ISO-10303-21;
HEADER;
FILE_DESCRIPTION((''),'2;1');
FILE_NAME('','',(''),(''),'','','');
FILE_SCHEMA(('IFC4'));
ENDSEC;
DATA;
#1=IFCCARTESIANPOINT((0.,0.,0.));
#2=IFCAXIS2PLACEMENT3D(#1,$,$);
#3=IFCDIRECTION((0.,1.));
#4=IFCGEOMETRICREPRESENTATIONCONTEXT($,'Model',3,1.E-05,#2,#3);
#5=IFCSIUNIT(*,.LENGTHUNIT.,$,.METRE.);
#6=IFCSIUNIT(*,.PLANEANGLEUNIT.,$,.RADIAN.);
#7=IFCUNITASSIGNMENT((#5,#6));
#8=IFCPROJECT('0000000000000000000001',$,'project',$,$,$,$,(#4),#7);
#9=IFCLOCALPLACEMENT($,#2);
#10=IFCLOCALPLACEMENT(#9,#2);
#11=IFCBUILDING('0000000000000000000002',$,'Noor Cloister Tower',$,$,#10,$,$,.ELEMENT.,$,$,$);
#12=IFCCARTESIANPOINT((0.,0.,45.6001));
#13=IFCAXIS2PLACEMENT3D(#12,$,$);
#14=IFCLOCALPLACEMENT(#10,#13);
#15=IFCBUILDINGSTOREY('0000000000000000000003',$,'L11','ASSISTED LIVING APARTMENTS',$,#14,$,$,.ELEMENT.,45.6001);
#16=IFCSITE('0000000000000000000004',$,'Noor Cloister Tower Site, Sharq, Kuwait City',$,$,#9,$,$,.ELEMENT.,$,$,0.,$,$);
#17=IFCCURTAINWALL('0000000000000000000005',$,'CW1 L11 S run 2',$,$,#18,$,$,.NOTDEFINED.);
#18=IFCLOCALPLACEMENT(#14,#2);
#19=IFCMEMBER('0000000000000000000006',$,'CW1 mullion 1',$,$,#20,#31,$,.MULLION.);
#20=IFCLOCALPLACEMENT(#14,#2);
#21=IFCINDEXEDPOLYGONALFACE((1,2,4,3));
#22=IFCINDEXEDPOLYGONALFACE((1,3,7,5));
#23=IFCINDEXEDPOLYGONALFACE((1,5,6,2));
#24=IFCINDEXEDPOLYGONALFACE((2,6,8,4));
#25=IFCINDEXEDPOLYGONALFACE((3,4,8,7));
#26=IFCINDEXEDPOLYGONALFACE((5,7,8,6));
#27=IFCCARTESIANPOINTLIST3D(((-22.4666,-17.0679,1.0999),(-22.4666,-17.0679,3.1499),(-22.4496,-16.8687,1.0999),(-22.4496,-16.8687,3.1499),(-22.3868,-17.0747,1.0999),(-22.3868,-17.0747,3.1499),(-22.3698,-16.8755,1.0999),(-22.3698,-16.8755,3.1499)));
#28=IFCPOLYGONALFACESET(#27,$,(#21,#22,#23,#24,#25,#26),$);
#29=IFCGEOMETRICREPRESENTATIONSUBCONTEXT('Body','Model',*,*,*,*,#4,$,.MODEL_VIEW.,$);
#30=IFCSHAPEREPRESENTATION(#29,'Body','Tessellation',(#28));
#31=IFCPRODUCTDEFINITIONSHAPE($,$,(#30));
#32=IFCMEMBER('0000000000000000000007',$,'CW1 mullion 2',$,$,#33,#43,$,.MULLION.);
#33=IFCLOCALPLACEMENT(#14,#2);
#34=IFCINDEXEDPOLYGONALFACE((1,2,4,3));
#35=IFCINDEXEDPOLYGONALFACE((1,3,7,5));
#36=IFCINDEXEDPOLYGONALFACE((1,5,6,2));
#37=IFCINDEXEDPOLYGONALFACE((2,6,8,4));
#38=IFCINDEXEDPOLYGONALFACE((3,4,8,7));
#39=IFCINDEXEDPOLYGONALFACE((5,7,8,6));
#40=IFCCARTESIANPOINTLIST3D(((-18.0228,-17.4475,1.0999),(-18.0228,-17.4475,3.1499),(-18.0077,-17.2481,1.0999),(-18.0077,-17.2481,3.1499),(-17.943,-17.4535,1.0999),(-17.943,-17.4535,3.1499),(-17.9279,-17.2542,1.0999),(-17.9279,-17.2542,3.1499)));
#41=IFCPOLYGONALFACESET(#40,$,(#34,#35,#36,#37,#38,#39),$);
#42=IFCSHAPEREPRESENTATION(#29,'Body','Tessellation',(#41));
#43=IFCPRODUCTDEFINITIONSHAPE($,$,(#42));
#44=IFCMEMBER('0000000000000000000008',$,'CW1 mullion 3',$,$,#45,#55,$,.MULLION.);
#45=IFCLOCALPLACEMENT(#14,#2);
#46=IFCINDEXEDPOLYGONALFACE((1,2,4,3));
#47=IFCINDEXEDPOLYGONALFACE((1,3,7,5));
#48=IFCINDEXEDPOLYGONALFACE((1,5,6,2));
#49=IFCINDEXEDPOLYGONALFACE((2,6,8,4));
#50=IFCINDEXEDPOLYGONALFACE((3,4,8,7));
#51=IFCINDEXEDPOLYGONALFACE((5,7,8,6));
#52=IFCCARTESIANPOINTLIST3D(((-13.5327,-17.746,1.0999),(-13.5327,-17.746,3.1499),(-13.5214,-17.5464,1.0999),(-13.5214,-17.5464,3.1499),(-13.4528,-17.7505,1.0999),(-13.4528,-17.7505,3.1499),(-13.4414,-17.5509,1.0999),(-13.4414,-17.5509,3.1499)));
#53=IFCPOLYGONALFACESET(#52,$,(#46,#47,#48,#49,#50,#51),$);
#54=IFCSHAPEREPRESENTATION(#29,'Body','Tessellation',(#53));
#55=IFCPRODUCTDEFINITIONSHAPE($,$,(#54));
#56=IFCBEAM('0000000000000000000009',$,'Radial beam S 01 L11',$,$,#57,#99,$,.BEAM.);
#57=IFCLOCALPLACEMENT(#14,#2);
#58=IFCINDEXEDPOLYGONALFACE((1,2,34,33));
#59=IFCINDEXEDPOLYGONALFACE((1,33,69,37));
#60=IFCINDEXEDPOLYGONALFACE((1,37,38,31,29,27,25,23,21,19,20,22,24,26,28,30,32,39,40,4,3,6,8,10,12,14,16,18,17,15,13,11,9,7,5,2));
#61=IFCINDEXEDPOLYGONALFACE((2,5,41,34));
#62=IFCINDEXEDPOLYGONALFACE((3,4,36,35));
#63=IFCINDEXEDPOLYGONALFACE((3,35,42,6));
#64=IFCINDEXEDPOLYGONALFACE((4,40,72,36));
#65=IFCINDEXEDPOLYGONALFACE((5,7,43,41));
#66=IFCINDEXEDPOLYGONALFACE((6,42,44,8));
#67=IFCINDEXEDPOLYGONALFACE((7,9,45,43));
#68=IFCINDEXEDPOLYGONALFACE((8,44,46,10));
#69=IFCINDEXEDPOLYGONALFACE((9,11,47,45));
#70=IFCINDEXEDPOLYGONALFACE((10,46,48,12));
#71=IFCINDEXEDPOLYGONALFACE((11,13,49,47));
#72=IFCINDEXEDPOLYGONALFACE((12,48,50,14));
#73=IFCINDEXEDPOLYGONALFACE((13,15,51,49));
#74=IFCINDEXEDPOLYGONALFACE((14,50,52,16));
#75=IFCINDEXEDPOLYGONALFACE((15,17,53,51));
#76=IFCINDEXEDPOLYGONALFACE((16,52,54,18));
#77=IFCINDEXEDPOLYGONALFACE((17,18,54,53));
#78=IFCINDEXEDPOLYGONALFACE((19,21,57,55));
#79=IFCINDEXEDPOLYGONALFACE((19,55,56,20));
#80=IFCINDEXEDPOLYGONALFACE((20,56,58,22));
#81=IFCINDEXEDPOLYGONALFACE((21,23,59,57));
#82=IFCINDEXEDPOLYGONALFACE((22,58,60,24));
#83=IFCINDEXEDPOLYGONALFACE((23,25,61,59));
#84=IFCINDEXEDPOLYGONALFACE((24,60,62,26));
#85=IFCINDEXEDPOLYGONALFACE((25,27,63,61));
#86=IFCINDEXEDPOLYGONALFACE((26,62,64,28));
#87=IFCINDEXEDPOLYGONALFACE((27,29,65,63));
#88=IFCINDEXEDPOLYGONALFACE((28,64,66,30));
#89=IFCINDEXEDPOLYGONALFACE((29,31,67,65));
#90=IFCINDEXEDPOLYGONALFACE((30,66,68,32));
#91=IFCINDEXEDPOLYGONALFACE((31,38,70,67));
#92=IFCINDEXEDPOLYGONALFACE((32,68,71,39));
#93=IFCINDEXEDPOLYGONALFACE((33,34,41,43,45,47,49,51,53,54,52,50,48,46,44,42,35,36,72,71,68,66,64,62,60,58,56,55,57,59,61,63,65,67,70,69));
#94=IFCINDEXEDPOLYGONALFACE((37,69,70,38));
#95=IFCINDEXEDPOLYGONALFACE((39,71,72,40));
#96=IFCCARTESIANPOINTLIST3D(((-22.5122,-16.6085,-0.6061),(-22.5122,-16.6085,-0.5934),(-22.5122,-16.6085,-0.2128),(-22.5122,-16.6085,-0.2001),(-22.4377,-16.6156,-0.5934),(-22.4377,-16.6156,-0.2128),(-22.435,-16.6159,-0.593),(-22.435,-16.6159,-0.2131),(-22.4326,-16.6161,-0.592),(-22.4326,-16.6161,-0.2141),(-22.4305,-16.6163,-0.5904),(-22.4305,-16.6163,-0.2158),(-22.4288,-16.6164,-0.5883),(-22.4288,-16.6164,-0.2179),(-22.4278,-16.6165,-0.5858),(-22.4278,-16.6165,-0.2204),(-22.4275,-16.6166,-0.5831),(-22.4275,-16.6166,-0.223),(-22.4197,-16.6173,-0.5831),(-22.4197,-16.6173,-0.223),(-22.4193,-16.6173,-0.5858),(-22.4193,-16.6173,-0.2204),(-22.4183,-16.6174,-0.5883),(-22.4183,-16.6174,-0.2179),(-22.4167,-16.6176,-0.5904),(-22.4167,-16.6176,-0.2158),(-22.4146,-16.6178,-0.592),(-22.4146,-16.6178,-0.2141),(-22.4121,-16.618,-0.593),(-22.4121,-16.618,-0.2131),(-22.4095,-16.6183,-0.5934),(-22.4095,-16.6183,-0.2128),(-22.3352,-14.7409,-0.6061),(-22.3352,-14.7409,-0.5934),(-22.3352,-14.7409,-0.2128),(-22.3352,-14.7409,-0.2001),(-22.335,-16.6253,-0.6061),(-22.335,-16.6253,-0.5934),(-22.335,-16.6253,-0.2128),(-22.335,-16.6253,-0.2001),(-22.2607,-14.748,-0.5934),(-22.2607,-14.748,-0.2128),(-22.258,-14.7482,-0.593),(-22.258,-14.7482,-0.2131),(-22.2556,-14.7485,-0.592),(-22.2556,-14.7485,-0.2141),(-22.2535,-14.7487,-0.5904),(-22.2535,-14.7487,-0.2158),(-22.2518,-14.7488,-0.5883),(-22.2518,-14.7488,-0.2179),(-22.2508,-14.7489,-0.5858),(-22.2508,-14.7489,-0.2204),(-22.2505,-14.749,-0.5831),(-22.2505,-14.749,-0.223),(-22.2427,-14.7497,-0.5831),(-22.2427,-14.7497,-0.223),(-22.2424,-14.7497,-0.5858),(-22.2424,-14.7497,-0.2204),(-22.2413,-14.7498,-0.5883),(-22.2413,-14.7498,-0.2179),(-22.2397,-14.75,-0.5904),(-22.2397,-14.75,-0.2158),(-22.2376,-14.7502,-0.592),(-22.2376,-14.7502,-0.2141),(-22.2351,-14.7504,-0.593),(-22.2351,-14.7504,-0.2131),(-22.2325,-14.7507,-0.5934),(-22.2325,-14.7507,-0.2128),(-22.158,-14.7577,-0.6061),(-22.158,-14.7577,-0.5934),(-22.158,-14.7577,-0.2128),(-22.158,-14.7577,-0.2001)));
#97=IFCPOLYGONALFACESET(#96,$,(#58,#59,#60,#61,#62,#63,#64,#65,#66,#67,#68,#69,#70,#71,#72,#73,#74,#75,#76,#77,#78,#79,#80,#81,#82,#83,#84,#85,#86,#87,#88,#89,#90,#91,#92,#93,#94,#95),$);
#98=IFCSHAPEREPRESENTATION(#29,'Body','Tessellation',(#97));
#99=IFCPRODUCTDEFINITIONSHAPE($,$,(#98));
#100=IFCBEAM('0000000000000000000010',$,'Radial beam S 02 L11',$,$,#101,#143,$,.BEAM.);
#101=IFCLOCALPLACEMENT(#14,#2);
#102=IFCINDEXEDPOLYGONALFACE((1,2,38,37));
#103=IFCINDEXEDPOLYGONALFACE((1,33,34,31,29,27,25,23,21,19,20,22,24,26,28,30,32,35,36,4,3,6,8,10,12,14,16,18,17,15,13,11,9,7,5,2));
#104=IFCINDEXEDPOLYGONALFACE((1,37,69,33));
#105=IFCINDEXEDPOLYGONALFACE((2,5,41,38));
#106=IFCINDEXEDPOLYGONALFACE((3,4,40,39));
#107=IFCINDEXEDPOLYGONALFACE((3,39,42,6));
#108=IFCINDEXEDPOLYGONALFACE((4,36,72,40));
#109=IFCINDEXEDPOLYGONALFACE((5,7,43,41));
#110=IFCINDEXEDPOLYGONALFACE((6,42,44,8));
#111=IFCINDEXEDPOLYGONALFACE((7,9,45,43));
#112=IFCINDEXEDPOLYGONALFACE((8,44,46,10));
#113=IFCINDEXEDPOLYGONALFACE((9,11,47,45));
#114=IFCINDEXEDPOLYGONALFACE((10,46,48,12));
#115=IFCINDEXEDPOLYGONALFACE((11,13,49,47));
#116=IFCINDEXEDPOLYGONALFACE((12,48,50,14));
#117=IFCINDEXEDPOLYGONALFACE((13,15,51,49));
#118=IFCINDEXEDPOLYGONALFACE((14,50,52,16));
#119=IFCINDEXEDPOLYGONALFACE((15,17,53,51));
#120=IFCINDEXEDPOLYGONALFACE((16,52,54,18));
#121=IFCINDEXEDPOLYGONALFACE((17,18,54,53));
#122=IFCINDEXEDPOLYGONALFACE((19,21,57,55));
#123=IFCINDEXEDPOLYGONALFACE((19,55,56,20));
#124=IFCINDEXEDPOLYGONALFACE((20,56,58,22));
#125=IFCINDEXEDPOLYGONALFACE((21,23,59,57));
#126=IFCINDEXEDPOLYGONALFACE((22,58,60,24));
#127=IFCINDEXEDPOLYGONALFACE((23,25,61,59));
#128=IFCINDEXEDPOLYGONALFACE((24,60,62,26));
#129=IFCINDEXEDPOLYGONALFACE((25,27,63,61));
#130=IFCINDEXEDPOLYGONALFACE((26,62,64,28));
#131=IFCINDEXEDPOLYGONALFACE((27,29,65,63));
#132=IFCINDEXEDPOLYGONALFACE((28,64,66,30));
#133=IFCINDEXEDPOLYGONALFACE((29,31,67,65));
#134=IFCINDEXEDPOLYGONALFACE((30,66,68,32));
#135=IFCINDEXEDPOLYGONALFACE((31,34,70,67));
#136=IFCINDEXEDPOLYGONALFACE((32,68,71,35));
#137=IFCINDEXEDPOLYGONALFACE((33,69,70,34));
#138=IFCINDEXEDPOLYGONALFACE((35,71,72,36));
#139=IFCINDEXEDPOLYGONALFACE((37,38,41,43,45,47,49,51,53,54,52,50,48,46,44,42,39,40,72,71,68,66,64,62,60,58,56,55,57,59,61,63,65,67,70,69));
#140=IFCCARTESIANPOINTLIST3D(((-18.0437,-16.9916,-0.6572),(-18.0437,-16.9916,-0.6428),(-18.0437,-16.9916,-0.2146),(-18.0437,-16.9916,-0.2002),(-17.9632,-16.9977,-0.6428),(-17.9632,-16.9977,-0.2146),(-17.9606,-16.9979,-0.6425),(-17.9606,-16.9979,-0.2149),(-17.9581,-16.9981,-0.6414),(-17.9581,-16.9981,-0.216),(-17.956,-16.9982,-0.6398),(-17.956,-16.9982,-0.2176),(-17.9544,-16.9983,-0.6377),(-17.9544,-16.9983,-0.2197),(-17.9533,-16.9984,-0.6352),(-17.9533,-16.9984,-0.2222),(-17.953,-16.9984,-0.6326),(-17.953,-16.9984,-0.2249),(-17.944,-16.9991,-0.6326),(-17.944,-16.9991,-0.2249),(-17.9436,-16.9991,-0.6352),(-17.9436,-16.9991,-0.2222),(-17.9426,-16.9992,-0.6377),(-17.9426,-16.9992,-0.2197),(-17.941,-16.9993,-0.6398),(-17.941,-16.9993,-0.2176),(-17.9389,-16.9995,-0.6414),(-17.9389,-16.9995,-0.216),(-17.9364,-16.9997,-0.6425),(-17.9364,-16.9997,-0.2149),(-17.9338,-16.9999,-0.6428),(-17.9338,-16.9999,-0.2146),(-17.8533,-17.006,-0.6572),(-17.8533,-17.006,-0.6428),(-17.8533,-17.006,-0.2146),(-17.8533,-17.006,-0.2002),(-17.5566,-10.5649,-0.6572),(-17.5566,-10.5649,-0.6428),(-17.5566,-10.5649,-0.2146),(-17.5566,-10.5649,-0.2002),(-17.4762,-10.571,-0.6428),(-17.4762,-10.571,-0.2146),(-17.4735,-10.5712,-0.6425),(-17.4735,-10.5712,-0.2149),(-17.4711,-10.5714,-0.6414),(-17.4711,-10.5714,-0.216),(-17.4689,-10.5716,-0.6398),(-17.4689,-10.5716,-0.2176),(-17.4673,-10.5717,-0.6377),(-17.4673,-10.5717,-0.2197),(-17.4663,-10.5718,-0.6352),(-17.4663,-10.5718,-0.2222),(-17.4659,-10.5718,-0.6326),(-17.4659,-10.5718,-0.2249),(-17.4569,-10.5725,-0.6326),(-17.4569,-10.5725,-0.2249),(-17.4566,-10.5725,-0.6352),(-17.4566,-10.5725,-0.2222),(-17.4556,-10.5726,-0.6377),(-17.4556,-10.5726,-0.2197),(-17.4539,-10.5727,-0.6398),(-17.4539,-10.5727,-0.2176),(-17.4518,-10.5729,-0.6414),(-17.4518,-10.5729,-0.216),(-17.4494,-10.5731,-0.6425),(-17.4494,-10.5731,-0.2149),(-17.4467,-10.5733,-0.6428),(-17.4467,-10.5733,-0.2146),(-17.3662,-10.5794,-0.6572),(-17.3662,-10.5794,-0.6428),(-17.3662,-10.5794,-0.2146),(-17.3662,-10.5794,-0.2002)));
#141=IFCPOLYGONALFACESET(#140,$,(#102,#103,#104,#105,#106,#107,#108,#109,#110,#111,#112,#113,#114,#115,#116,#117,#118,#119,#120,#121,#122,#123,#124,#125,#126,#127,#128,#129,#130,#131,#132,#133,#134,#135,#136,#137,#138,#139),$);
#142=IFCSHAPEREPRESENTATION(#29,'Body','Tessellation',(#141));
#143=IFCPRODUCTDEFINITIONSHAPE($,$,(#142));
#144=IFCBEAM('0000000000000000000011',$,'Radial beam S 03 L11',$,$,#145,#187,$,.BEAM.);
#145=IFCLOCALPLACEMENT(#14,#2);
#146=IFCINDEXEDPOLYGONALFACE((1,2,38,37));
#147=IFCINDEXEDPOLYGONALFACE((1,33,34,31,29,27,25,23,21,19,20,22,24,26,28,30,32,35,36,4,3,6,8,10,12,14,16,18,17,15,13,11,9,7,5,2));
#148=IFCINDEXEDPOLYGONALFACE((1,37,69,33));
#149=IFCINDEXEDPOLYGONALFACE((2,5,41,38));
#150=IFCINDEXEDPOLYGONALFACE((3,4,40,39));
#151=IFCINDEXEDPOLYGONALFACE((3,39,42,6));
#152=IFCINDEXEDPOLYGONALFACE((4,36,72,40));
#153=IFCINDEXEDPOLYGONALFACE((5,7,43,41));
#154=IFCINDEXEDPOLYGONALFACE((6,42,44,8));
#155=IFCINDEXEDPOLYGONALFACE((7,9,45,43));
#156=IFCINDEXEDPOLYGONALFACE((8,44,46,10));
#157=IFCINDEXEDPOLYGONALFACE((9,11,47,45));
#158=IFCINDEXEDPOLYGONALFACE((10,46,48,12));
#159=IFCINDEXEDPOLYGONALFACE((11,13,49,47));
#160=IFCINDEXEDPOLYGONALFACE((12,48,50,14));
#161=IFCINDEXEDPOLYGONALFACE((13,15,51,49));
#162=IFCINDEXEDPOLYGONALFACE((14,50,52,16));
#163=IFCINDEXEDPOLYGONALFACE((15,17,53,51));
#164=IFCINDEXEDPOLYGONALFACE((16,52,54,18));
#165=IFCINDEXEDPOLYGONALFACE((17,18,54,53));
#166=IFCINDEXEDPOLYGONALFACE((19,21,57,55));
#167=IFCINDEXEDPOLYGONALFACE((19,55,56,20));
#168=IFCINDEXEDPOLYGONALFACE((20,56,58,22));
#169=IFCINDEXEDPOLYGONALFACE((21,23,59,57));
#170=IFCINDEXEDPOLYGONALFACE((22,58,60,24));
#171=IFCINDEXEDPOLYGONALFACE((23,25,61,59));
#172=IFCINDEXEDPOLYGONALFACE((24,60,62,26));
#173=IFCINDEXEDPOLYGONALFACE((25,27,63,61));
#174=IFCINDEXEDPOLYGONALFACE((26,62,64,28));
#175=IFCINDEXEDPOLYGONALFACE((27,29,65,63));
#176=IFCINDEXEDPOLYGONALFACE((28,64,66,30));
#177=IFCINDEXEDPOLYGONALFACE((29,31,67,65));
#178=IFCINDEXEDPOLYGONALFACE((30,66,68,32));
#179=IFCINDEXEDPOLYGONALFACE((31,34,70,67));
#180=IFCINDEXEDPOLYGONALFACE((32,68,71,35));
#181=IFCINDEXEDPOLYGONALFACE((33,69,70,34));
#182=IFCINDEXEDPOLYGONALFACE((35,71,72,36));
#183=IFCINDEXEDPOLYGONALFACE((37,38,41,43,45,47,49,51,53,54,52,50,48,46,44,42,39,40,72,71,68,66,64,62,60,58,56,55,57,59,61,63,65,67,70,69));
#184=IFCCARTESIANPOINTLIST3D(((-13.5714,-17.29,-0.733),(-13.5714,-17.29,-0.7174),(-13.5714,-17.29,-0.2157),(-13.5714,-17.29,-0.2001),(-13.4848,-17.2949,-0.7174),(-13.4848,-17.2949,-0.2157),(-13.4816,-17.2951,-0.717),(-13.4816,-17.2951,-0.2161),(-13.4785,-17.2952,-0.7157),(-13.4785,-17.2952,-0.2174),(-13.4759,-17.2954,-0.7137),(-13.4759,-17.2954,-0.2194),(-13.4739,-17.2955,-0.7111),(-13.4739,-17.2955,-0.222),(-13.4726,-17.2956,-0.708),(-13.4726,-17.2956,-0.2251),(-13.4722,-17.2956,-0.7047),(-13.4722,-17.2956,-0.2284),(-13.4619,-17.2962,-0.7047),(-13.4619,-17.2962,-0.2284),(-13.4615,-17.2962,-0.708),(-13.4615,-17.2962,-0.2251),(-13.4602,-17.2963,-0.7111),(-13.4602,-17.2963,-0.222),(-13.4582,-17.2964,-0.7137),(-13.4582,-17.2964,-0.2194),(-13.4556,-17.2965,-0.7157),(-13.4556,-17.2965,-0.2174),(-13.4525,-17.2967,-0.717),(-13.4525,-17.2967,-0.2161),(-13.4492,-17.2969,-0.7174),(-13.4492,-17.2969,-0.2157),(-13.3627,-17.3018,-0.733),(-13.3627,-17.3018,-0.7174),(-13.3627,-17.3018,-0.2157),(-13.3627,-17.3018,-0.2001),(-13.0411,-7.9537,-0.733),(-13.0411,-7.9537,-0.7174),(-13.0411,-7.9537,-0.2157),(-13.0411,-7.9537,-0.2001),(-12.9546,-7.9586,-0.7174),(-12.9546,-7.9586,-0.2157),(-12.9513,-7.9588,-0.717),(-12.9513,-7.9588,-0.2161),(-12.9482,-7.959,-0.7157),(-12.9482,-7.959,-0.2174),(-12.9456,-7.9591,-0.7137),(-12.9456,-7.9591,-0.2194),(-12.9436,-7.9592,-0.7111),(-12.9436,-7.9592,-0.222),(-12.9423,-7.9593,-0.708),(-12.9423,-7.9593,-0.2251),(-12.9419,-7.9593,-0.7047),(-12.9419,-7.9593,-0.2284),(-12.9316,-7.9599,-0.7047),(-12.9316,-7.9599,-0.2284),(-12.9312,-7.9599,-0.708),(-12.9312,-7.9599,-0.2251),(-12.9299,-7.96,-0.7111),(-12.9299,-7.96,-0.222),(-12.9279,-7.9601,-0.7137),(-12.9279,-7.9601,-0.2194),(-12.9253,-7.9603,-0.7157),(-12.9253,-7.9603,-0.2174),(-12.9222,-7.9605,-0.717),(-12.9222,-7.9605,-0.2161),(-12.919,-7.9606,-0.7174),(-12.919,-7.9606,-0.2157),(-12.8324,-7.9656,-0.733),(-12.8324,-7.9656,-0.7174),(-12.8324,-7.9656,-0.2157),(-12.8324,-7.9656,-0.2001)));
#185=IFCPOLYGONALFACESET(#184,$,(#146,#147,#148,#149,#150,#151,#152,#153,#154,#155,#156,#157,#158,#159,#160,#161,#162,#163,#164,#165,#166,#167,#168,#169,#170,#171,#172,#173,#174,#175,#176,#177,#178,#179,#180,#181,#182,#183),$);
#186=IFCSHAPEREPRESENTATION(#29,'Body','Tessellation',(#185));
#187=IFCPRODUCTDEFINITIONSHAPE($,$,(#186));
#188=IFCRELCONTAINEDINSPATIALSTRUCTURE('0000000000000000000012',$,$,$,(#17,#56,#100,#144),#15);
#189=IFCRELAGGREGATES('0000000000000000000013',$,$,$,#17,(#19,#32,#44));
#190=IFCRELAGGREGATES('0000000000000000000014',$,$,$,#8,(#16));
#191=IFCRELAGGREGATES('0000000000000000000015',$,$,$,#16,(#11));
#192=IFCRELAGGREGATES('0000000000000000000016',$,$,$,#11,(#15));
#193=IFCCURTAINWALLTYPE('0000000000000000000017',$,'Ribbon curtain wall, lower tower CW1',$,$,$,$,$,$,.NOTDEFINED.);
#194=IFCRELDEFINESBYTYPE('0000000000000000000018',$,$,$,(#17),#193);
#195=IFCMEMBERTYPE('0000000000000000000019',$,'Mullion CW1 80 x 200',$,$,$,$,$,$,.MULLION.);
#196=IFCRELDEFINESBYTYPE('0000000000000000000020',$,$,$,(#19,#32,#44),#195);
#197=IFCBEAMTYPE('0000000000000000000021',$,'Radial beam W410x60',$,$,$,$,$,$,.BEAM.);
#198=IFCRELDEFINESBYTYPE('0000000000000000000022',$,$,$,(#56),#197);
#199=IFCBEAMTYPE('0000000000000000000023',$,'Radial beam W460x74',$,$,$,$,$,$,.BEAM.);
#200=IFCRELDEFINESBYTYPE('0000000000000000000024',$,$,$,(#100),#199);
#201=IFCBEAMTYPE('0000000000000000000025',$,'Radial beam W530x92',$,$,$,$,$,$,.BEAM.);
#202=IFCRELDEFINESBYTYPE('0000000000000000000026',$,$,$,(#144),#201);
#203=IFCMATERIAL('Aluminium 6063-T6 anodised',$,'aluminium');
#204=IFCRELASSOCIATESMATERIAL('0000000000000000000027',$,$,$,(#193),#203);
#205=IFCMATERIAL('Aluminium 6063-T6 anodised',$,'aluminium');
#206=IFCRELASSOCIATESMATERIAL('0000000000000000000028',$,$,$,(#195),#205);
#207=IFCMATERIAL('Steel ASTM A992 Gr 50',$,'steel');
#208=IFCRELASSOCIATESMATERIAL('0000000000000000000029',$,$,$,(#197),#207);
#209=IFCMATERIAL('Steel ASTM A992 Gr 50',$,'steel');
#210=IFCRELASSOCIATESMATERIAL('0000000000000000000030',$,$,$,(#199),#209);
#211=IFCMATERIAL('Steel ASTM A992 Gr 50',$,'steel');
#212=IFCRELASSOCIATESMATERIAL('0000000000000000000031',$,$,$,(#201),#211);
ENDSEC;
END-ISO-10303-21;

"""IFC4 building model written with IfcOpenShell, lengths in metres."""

from ifc_helpers import new_model, si_unit, direction, frame, origin, origin_2d, place, context, subcontext, project, spatial, rectangle, i_section, extrude, material, material_profile, profile_set, type_object, element, aggregate, save


model = new_model("IFC4")

# Units and contexts
model_context = context("Model", 3, precision=1e-05, world=origin(), true_north=direction((0.0, 1.0)))
body_context = subcontext(model_context, "Body", "Model", "MODEL_VIEW")
ifc_project = project(units=[si_unit("LENGTHUNIT", "METRE"), si_unit("PLANEANGLEUNIT", "RADIAN")], contexts=[model_context])

# Site, building, storey
site_placement = place(None, origin())
site = spatial("IfcSite", under=ifc_project, at=site_placement, Name="Noor Cloister Tower Site, Sharq, Kuwait City", CompositionType="ELEMENT", RefElevation=0.0)
building_placement = place(site_placement, origin())
building = spatial("IfcBuilding", under=site, at=building_placement, Name="Noor Cloister Tower", CompositionType="ELEMENT")
storey_placement = place(building_placement, frame((0.0, 0.0, 45.6001)))
storey = spatial("IfcBuildingStorey", under=building, at=storey_placement, Name="L11", Description="ASSISTED LIVING APARTMENTS", CompositionType="ELEMENT", Elevation=45.6001)

# Curtain wall, members
ifc_material_1 = material(Name="Aluminium 6063-T6 anodised", Category="aluminium")
curtain_wall_type = type_object("IfcCurtainWallType", Name="Ribbon curtain wall, lower tower CW1", PredefinedType="NOTDEFINED", material=ifc_material_1)
curtain_wall_placement = place(storey_placement, origin())
curtain_wall = element("IfcCurtainWall", 1, at=curtain_wall_placement, inside=storey, type_object=curtain_wall_type, Name="CW1 L11 S run 2", PredefinedType="NOTDEFINED")
ifc_material_2 = material(Name="Aluminium 6063-T6 anodised", Category="aluminium")
ifc_material_profile_1 = material_profile(ifc_material_2, rectangle(XDim=0.2, YDim=0.0801, at=origin_2d()), Name="200 x 80 mullion")
ifc_profile_set_1 = profile_set([ifc_material_profile_1], Name="Aluminium 6063-T6 anodised")
member_type = type_object("IfcMemberType", Name="Mullion CW1 80 x 200", PredefinedType="MULLION", material=ifc_profile_set_1)
member_1_placement = place(storey_placement, frame((-22.4182, -16.9717, 1.0999), z_axis=(0.0, 0.0, 1.0), x_axis=(0.085019, 0.996379, 0.0)))
member_1 = element("IfcMember", 2, at=member_1_placement, type_object=member_type, Name="CW1 mullion 1", PredefinedType="MULLION", context=body_context, shape_type="SweptSolid", body=[
    extrude(rectangle(XDim=0.2, YDim=0.0801, at=origin_2d()), origin(), (0.0, 0.0, 1.0), 2.05),
])
member_2_placement = place(storey_placement, frame((-17.9753, -17.3508, 1.0999), z_axis=(0.0, 0.0, 1.0), x_axis=(0.075591, 0.997139, 0.0)))
member_2 = element("IfcMember", 3, at=member_2_placement, type_object=member_type, Name="CW1 mullion 2", PredefinedType="MULLION", context=body_context, shape_type="SweptSolid", body=[
    extrude(rectangle(XDim=0.2, YDim=0.0801, at=origin_2d()), origin(), (0.0, 0.0, 1.0), 2.05),
])
member_3_placement = place(storey_placement, frame((-13.4871, -17.6484, 1.0999), z_axis=(0.0, 0.0, 1.0), x_axis=(0.056717, 0.99839, 0.0)))
member_3 = element("IfcMember", 4, at=member_3_placement, type_object=member_type, Name="CW1 mullion 3", PredefinedType="MULLION", context=body_context, shape_type="SweptSolid", body=[
    extrude(rectangle(XDim=0.2, YDim=0.0801, at=origin_2d()), origin(), (0.0, 0.0, 1.0), 2.05),
])

# Beams
ifc_material_3 = material(Name="Steel ASTM A992 Gr 50", Category="steel")
ifc_material_profile_2 = material_profile(ifc_material_3, i_section(OverallWidth=0.178, OverallDepth=0.406, WebThickness=0.0078, FlangeThickness=0.0127, FilletRadius=0.0103, at=origin_2d()), Name="W410x60")
ifc_profile_set_2 = profile_set([ifc_material_profile_2], Name="Steel ASTM A992 Gr 50")
beam_type_1 = type_object("IfcBeamType", Name="Radial beam W410x60", PredefinedType="BEAM", material=ifc_profile_set_2)
beam_1_placement = place(storey_placement, frame((-22.4236, -16.6169, -0.4031), z_axis=(0.094348, 0.995539, 0.0), x_axis=(-0.995539, 0.094348, 0.0)))
element("IfcBeam", 5, at=beam_1_placement, inside=storey, type_object=beam_type_1, Name="Radial beam S 01 L11", PredefinedType="BEAM", context=body_context, shape_type="SweptSolid", body=[
    extrude(i_section(OverallWidth=0.178, OverallDepth=0.406, WebThickness=0.0078, FlangeThickness=0.0127, FilletRadius=0.0103, at=origin_2d()), origin(), (0.0, 0.0, 1.0), 1.876),
])
ifc_material_4 = material(Name="Steel ASTM A992 Gr 50", Category="steel")
ifc_material_profile_3 = material_profile(ifc_material_4, i_section(OverallWidth=0.1909, OverallDepth=0.457, WebThickness=0.009, FlangeThickness=0.0144, FilletRadius=0.0103, at=origin_2d()), Name="W460x74")
ifc_profile_set_3 = profile_set([ifc_material_profile_3], Name="Steel ASTM A992 Gr 50")
beam_type_2 = type_object("IfcBeamType", Name="Radial beam W460x74", PredefinedType="BEAM", material=ifc_profile_set_3)
beam_2_placement = place(storey_placement, frame((-17.9485, -16.9988, -0.4287), z_axis=(0.07557, 0.997141, 0.0), x_axis=(-0.997141, 0.07557, 0.0)))
element("IfcBeam", 6, at=beam_2_placement, inside=storey, type_object=beam_type_2, Name="Radial beam S 02 L11", PredefinedType="BEAM", context=body_context, shape_type="SweptSolid", body=[
    extrude(i_section(OverallWidth=0.1909, OverallDepth=0.457, WebThickness=0.009, FlangeThickness=0.0144, FilletRadius=0.0103, at=origin_2d()), origin(), (0.0, 0.0, 1.0), 6.4451),
])
ifc_material_5 = material(Name="Steel ASTM A992 Gr 50", Category="steel")
ifc_material_profile_4 = material_profile(ifc_material_5, i_section(OverallWidth=0.209, OverallDepth=0.533, WebThickness=0.0103, FlangeThickness=0.0156, FilletRadius=0.0127, at=origin_2d()), Name="W530x92")
ifc_profile_set_4 = profile_set([ifc_material_profile_4], Name="Steel ASTM A992 Gr 50")
beam_type_3 = type_object("IfcBeamType", Name="Radial beam W530x92", PredefinedType="BEAM", material=ifc_profile_set_4)
beam_3_placement = place(storey_placement, frame((-13.467, -17.2959, -0.4666), z_axis=(0.056706, 0.998391, 0.0), x_axis=(-0.998391, 0.056706, 0.0)))
element("IfcBeam", 7, at=beam_3_placement, inside=storey, type_object=beam_type_3, Name="Radial beam S 03 L11", PredefinedType="BEAM", context=body_context, shape_type="SweptSolid", body=[
    extrude(i_section(OverallWidth=0.209, OverallDepth=0.533, WebThickness=0.0103, FlangeThickness=0.0156, FilletRadius=0.0127, at=origin_2d()), origin(), (0.0, 0.0, 1.0), 9.3513),
])

aggregate(curtain_wall, [member_1, member_2, member_3])

save(model, "model.ifc")
